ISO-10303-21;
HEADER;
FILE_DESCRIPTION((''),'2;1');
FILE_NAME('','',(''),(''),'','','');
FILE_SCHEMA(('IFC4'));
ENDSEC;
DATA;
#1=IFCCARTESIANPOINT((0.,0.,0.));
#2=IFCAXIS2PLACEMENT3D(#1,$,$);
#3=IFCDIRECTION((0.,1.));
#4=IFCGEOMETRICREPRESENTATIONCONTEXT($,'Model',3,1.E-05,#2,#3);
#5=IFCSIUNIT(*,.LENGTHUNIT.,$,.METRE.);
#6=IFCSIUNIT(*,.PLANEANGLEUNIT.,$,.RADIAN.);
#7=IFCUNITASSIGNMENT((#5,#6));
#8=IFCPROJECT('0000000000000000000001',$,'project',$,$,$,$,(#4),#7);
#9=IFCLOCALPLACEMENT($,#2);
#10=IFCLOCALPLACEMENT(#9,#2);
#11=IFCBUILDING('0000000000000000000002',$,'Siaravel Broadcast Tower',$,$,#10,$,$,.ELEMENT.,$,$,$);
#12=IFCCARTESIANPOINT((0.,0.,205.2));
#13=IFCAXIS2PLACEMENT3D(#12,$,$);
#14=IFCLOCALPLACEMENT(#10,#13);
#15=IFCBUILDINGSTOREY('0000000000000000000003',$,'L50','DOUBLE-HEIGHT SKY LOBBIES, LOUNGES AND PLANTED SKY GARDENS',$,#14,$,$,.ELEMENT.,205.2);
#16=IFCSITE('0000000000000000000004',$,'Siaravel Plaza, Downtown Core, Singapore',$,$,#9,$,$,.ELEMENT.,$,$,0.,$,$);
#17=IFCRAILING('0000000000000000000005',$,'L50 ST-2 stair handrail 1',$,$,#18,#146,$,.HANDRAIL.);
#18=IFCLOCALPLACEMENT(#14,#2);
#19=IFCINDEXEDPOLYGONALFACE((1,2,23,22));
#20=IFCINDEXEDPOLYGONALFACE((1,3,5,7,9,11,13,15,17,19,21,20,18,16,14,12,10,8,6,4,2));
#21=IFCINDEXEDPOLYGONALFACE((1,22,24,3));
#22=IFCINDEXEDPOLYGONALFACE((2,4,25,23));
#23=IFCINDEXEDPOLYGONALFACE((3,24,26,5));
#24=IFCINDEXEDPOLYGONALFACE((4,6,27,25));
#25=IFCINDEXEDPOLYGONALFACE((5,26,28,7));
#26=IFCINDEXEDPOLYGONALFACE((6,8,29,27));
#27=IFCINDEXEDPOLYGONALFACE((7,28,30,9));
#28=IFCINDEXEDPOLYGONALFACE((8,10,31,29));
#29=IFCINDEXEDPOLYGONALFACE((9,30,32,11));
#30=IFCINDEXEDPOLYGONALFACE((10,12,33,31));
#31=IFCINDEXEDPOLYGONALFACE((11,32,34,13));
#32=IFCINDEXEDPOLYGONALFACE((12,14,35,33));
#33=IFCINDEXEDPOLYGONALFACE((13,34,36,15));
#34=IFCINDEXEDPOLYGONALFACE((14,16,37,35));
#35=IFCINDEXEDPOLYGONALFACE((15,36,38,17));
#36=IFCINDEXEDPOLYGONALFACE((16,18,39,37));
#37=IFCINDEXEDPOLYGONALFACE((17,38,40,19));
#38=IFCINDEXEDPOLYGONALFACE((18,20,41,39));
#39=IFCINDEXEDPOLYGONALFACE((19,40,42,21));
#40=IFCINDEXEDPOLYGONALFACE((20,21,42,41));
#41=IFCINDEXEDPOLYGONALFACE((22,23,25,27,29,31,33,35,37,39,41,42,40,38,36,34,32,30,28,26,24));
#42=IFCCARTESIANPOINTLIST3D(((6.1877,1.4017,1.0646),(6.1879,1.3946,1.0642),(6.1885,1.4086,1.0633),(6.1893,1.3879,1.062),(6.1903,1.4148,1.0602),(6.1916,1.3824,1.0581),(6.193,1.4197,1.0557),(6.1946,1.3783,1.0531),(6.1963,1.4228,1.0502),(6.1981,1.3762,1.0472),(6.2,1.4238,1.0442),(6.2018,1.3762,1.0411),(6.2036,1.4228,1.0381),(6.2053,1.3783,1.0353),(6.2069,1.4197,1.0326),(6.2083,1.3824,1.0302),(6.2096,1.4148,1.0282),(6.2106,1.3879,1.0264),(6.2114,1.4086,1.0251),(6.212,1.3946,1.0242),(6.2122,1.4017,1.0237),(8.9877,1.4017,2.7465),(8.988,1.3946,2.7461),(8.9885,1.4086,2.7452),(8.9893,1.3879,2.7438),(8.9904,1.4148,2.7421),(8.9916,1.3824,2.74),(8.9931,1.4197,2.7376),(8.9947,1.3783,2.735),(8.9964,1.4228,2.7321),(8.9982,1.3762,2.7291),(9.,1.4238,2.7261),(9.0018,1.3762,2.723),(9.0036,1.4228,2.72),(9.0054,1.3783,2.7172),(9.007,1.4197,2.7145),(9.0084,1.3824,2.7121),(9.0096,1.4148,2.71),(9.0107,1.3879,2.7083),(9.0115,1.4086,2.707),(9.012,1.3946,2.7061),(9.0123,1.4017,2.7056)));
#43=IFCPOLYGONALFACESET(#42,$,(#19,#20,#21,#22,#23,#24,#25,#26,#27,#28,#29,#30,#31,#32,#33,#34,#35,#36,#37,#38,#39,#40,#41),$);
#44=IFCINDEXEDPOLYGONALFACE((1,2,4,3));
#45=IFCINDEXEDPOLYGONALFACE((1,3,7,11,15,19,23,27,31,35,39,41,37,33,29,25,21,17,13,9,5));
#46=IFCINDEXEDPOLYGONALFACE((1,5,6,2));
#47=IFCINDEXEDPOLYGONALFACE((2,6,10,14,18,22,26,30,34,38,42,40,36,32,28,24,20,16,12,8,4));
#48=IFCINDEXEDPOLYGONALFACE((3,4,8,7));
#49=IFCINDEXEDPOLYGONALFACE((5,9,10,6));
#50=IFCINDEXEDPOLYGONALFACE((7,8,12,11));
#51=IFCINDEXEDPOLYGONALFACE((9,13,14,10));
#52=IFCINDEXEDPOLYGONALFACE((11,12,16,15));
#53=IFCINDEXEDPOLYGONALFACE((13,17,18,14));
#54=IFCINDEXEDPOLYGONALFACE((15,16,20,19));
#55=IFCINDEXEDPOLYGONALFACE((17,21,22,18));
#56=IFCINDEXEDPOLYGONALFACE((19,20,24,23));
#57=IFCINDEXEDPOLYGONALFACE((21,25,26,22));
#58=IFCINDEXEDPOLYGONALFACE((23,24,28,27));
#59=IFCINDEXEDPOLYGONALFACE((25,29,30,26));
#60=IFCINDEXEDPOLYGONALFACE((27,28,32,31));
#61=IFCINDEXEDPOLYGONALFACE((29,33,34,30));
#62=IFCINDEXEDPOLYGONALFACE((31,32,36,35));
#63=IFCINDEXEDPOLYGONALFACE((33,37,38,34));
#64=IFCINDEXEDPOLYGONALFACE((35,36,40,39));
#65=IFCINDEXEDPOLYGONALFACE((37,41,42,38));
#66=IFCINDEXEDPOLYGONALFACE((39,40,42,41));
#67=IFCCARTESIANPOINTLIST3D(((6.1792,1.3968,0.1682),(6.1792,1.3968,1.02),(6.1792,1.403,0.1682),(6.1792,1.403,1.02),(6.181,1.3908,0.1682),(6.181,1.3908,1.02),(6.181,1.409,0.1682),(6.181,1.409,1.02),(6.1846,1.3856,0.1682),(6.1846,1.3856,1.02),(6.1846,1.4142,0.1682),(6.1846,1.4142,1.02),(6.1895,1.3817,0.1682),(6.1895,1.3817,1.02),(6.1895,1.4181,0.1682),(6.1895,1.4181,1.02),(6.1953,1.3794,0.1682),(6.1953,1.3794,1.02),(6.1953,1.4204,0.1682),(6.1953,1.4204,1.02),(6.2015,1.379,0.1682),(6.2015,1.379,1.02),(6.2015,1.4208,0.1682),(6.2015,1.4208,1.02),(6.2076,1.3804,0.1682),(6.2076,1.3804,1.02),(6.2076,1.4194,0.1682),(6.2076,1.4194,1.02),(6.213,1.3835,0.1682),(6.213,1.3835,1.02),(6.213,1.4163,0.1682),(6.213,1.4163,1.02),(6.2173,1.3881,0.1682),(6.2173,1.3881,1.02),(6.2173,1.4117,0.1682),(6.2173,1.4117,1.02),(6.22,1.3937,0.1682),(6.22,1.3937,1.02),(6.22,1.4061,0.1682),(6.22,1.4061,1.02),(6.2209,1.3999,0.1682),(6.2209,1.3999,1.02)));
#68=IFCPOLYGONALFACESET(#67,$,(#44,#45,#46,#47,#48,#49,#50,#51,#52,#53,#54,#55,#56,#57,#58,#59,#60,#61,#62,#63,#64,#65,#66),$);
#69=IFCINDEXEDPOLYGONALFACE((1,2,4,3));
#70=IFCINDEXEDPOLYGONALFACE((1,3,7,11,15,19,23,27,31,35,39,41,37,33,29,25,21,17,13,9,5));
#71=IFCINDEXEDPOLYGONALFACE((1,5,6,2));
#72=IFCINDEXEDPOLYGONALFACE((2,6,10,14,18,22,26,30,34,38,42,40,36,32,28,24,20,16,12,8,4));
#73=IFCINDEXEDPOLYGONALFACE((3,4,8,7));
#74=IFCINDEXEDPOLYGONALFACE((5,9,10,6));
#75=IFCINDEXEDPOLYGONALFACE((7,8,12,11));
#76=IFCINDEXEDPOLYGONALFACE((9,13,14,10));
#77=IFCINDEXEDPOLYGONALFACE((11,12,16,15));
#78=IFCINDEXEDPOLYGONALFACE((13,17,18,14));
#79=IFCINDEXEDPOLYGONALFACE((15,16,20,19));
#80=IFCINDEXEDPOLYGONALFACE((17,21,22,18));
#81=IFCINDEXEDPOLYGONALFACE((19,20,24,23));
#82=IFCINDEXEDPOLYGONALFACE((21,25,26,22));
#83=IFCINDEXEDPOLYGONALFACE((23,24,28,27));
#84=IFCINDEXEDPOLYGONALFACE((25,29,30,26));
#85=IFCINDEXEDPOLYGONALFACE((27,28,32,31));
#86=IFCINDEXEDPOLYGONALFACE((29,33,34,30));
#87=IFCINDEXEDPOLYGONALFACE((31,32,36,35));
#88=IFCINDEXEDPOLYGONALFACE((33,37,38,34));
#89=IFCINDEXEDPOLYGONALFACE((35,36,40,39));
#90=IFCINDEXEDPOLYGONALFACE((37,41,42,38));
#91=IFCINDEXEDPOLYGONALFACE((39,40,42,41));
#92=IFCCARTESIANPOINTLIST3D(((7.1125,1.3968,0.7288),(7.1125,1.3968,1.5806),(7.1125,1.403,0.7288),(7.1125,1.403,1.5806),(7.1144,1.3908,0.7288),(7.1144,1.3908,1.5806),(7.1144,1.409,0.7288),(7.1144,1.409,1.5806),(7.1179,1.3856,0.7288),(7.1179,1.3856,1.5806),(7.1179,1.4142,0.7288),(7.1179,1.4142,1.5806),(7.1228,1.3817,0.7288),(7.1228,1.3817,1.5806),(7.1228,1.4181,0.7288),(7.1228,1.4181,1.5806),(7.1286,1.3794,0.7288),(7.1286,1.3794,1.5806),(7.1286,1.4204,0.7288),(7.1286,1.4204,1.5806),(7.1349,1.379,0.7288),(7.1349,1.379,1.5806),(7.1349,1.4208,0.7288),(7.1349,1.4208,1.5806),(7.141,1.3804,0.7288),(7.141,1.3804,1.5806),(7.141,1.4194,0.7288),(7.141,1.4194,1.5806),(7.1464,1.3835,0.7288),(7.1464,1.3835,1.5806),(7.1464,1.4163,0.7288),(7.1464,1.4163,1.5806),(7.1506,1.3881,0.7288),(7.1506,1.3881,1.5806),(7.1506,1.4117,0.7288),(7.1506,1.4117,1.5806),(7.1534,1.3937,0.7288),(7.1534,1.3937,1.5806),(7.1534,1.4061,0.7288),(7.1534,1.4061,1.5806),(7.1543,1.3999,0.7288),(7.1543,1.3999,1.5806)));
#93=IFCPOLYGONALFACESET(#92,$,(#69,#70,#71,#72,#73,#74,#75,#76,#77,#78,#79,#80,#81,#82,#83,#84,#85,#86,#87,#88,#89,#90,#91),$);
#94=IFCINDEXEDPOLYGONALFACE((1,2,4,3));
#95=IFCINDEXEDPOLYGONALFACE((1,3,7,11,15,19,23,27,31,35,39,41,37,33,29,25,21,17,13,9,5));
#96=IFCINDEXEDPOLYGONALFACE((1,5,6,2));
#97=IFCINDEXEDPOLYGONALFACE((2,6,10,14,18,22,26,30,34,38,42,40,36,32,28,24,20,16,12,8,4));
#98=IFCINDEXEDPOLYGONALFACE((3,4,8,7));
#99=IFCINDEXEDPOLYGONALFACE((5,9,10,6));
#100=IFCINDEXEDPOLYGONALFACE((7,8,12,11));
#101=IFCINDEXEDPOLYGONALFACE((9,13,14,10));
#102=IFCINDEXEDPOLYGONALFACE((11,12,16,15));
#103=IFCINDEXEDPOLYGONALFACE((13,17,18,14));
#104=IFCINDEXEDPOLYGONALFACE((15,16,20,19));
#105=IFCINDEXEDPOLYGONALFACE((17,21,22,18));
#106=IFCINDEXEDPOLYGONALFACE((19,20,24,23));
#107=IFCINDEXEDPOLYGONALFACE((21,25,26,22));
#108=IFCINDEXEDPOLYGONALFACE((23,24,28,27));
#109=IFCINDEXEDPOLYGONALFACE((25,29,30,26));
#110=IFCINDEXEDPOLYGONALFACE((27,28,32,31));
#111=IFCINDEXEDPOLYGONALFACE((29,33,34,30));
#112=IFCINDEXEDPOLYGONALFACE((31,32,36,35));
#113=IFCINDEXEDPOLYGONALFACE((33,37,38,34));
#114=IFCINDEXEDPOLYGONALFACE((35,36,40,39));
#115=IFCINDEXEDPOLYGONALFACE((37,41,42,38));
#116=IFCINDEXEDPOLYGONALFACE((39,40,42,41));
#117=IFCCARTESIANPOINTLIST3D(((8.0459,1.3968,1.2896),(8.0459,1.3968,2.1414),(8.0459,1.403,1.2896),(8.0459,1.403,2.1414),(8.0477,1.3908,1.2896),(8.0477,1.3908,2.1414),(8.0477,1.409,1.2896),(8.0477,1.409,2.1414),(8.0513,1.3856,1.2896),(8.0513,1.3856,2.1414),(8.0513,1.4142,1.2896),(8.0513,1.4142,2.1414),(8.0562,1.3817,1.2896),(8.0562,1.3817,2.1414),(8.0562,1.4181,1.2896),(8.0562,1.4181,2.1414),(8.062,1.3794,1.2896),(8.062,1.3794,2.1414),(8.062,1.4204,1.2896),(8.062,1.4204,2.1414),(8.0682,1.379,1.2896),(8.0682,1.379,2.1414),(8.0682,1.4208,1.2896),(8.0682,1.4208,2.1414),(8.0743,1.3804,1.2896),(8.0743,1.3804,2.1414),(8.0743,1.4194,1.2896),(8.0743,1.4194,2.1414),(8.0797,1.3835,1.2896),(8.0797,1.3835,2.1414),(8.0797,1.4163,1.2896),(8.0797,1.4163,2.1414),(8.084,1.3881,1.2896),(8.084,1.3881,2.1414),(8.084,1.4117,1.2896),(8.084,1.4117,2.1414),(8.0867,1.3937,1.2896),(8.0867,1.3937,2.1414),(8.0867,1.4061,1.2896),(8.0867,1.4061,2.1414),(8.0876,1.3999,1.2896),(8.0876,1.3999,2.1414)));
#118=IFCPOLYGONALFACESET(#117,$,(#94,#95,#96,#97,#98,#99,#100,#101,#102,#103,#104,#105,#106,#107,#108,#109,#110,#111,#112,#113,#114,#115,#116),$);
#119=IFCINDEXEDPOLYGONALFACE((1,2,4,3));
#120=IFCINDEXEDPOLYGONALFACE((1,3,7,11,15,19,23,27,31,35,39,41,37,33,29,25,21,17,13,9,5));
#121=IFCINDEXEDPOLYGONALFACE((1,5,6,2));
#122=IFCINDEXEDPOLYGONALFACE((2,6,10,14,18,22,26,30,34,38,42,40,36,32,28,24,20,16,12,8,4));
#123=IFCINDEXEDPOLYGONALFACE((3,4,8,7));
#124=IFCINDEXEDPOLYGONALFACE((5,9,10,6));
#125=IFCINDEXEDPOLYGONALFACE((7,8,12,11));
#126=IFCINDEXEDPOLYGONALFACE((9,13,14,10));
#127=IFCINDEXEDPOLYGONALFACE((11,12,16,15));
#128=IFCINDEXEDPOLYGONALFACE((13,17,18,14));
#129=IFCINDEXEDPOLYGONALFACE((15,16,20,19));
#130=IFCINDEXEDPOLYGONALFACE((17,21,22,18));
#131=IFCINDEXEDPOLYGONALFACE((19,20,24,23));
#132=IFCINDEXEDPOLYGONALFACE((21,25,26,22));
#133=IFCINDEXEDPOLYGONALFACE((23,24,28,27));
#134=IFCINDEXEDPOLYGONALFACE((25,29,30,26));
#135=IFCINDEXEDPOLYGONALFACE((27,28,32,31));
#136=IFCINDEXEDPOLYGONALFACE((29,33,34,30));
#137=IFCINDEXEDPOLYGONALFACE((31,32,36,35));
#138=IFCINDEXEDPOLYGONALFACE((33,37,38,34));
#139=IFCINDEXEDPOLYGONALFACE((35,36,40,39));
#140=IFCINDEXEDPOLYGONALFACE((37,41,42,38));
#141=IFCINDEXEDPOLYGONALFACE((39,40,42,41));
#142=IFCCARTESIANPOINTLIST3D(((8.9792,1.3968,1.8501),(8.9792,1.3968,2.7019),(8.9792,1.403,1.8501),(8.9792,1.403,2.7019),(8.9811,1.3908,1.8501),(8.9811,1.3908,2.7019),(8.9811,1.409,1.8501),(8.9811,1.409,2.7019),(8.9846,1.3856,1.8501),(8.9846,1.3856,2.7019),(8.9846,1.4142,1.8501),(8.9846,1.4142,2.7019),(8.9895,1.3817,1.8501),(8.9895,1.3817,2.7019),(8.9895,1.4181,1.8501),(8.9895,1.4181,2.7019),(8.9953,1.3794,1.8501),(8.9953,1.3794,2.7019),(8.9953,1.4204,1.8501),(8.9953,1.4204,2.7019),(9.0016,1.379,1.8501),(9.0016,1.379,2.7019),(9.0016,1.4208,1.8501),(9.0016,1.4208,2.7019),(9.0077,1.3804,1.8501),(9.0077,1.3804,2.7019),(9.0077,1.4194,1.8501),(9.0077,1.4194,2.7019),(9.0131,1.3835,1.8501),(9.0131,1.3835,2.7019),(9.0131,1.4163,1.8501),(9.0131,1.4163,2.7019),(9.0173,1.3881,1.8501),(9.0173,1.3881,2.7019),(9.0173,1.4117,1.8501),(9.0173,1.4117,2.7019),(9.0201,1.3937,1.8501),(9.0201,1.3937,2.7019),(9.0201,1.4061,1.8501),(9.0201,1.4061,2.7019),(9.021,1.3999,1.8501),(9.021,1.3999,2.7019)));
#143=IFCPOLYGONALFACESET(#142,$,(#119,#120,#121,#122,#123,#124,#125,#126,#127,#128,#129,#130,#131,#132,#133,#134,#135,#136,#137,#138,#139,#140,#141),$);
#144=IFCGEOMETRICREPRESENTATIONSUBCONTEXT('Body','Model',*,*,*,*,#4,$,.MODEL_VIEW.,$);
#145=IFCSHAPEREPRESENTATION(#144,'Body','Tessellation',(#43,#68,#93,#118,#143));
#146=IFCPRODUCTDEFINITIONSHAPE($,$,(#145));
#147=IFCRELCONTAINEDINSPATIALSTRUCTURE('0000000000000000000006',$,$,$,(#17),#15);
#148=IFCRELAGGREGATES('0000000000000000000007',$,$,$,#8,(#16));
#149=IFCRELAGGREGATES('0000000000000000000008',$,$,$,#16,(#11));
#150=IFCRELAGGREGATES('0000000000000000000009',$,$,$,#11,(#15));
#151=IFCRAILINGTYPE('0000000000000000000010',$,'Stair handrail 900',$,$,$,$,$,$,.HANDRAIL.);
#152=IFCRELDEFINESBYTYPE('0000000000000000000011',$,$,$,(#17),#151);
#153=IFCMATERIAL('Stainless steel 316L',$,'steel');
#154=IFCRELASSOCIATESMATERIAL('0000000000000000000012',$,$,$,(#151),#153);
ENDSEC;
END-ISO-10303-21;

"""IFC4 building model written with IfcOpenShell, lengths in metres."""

from ifc_helpers import new_model, si_unit, direction, frame, origin, origin_2d, place, context, subcontext, project, spatial, circle, extrude, material, type_object, element, save


model = new_model("IFC4")

# Units and contexts
model_context = context("Model", 3, precision=1e-05, world=origin(), true_north=direction((0.0, 1.0)))
body_context = subcontext(model_context, "Body", "Model", "MODEL_VIEW")
ifc_project = project(units=[si_unit("LENGTHUNIT", "METRE"), si_unit("PLANEANGLEUNIT", "RADIAN")], contexts=[model_context])

# Site, building, storey
site_placement = place(None, origin())
site = spatial("IfcSite", under=ifc_project, at=site_placement, Name="Siaravel Plaza, Downtown Core, Singapore", CompositionType="ELEMENT", RefElevation=0.0)
building_placement = place(site_placement, origin())
building = spatial("IfcBuilding", under=site, at=building_placement, Name="Siaravel Broadcast Tower", CompositionType="ELEMENT")
storey_placement = place(building_placement, frame((0.0, 0.0, 205.2)))
storey = spatial("IfcBuildingStorey", under=building, at=storey_placement, Name="L50", Description="DOUBLE-HEIGHT SKY LOBBIES, LOUNGES AND PLANTED SKY GARDENS", CompositionType="ELEMENT", Elevation=205.2)

# Railing
ifc_material_1 = material(Name="Stainless steel 316L", Category="steel")
railing_type_1 = type_object("IfcRailingType", Name="Stair handrail 900", PredefinedType="HANDRAIL", material=ifc_material_1)
railing_1_placement = place(storey_placement, frame((6.2, 1.3999, 0.1682)))
element("IfcRailing", 1, at=railing_1_placement, inside=storey, type_object=railing_type_1, Name="L50 ST-2 stair handrail 1", PredefinedType="HANDRAIL", context=body_context, shape_type="SweptSolid", body=[
    extrude(circle(Radius=0.0239, at=origin_2d()), frame((0.0, 0.0, 0.876), z_axis=(0.857242, 0.0, 0.514913), x_axis=(0.0, 1.0, 0.0)), (0.0, 0.0, 1.0), 3.2664),
    extrude(circle(Radius=0.021, at=origin_2d()), origin(), (0.0, 0.0, 1.0), 0.8518),
    extrude(circle(Radius=0.021, at=origin_2d()), frame((0.9333, 0.0, 0.5605)), (0.0, 0.0, 1.0), 0.8518),
    extrude(circle(Radius=0.021, at=origin_2d()), frame((1.8667, 0.0, 1.1213)), (0.0, 0.0, 1.0), 0.8518),
    extrude(circle(Radius=0.021, at=origin_2d()), frame((2.8, 0.0, 1.6819)), (0.0, 0.0, 1.0), 0.8518),
])

save(model, "model.ifc")
